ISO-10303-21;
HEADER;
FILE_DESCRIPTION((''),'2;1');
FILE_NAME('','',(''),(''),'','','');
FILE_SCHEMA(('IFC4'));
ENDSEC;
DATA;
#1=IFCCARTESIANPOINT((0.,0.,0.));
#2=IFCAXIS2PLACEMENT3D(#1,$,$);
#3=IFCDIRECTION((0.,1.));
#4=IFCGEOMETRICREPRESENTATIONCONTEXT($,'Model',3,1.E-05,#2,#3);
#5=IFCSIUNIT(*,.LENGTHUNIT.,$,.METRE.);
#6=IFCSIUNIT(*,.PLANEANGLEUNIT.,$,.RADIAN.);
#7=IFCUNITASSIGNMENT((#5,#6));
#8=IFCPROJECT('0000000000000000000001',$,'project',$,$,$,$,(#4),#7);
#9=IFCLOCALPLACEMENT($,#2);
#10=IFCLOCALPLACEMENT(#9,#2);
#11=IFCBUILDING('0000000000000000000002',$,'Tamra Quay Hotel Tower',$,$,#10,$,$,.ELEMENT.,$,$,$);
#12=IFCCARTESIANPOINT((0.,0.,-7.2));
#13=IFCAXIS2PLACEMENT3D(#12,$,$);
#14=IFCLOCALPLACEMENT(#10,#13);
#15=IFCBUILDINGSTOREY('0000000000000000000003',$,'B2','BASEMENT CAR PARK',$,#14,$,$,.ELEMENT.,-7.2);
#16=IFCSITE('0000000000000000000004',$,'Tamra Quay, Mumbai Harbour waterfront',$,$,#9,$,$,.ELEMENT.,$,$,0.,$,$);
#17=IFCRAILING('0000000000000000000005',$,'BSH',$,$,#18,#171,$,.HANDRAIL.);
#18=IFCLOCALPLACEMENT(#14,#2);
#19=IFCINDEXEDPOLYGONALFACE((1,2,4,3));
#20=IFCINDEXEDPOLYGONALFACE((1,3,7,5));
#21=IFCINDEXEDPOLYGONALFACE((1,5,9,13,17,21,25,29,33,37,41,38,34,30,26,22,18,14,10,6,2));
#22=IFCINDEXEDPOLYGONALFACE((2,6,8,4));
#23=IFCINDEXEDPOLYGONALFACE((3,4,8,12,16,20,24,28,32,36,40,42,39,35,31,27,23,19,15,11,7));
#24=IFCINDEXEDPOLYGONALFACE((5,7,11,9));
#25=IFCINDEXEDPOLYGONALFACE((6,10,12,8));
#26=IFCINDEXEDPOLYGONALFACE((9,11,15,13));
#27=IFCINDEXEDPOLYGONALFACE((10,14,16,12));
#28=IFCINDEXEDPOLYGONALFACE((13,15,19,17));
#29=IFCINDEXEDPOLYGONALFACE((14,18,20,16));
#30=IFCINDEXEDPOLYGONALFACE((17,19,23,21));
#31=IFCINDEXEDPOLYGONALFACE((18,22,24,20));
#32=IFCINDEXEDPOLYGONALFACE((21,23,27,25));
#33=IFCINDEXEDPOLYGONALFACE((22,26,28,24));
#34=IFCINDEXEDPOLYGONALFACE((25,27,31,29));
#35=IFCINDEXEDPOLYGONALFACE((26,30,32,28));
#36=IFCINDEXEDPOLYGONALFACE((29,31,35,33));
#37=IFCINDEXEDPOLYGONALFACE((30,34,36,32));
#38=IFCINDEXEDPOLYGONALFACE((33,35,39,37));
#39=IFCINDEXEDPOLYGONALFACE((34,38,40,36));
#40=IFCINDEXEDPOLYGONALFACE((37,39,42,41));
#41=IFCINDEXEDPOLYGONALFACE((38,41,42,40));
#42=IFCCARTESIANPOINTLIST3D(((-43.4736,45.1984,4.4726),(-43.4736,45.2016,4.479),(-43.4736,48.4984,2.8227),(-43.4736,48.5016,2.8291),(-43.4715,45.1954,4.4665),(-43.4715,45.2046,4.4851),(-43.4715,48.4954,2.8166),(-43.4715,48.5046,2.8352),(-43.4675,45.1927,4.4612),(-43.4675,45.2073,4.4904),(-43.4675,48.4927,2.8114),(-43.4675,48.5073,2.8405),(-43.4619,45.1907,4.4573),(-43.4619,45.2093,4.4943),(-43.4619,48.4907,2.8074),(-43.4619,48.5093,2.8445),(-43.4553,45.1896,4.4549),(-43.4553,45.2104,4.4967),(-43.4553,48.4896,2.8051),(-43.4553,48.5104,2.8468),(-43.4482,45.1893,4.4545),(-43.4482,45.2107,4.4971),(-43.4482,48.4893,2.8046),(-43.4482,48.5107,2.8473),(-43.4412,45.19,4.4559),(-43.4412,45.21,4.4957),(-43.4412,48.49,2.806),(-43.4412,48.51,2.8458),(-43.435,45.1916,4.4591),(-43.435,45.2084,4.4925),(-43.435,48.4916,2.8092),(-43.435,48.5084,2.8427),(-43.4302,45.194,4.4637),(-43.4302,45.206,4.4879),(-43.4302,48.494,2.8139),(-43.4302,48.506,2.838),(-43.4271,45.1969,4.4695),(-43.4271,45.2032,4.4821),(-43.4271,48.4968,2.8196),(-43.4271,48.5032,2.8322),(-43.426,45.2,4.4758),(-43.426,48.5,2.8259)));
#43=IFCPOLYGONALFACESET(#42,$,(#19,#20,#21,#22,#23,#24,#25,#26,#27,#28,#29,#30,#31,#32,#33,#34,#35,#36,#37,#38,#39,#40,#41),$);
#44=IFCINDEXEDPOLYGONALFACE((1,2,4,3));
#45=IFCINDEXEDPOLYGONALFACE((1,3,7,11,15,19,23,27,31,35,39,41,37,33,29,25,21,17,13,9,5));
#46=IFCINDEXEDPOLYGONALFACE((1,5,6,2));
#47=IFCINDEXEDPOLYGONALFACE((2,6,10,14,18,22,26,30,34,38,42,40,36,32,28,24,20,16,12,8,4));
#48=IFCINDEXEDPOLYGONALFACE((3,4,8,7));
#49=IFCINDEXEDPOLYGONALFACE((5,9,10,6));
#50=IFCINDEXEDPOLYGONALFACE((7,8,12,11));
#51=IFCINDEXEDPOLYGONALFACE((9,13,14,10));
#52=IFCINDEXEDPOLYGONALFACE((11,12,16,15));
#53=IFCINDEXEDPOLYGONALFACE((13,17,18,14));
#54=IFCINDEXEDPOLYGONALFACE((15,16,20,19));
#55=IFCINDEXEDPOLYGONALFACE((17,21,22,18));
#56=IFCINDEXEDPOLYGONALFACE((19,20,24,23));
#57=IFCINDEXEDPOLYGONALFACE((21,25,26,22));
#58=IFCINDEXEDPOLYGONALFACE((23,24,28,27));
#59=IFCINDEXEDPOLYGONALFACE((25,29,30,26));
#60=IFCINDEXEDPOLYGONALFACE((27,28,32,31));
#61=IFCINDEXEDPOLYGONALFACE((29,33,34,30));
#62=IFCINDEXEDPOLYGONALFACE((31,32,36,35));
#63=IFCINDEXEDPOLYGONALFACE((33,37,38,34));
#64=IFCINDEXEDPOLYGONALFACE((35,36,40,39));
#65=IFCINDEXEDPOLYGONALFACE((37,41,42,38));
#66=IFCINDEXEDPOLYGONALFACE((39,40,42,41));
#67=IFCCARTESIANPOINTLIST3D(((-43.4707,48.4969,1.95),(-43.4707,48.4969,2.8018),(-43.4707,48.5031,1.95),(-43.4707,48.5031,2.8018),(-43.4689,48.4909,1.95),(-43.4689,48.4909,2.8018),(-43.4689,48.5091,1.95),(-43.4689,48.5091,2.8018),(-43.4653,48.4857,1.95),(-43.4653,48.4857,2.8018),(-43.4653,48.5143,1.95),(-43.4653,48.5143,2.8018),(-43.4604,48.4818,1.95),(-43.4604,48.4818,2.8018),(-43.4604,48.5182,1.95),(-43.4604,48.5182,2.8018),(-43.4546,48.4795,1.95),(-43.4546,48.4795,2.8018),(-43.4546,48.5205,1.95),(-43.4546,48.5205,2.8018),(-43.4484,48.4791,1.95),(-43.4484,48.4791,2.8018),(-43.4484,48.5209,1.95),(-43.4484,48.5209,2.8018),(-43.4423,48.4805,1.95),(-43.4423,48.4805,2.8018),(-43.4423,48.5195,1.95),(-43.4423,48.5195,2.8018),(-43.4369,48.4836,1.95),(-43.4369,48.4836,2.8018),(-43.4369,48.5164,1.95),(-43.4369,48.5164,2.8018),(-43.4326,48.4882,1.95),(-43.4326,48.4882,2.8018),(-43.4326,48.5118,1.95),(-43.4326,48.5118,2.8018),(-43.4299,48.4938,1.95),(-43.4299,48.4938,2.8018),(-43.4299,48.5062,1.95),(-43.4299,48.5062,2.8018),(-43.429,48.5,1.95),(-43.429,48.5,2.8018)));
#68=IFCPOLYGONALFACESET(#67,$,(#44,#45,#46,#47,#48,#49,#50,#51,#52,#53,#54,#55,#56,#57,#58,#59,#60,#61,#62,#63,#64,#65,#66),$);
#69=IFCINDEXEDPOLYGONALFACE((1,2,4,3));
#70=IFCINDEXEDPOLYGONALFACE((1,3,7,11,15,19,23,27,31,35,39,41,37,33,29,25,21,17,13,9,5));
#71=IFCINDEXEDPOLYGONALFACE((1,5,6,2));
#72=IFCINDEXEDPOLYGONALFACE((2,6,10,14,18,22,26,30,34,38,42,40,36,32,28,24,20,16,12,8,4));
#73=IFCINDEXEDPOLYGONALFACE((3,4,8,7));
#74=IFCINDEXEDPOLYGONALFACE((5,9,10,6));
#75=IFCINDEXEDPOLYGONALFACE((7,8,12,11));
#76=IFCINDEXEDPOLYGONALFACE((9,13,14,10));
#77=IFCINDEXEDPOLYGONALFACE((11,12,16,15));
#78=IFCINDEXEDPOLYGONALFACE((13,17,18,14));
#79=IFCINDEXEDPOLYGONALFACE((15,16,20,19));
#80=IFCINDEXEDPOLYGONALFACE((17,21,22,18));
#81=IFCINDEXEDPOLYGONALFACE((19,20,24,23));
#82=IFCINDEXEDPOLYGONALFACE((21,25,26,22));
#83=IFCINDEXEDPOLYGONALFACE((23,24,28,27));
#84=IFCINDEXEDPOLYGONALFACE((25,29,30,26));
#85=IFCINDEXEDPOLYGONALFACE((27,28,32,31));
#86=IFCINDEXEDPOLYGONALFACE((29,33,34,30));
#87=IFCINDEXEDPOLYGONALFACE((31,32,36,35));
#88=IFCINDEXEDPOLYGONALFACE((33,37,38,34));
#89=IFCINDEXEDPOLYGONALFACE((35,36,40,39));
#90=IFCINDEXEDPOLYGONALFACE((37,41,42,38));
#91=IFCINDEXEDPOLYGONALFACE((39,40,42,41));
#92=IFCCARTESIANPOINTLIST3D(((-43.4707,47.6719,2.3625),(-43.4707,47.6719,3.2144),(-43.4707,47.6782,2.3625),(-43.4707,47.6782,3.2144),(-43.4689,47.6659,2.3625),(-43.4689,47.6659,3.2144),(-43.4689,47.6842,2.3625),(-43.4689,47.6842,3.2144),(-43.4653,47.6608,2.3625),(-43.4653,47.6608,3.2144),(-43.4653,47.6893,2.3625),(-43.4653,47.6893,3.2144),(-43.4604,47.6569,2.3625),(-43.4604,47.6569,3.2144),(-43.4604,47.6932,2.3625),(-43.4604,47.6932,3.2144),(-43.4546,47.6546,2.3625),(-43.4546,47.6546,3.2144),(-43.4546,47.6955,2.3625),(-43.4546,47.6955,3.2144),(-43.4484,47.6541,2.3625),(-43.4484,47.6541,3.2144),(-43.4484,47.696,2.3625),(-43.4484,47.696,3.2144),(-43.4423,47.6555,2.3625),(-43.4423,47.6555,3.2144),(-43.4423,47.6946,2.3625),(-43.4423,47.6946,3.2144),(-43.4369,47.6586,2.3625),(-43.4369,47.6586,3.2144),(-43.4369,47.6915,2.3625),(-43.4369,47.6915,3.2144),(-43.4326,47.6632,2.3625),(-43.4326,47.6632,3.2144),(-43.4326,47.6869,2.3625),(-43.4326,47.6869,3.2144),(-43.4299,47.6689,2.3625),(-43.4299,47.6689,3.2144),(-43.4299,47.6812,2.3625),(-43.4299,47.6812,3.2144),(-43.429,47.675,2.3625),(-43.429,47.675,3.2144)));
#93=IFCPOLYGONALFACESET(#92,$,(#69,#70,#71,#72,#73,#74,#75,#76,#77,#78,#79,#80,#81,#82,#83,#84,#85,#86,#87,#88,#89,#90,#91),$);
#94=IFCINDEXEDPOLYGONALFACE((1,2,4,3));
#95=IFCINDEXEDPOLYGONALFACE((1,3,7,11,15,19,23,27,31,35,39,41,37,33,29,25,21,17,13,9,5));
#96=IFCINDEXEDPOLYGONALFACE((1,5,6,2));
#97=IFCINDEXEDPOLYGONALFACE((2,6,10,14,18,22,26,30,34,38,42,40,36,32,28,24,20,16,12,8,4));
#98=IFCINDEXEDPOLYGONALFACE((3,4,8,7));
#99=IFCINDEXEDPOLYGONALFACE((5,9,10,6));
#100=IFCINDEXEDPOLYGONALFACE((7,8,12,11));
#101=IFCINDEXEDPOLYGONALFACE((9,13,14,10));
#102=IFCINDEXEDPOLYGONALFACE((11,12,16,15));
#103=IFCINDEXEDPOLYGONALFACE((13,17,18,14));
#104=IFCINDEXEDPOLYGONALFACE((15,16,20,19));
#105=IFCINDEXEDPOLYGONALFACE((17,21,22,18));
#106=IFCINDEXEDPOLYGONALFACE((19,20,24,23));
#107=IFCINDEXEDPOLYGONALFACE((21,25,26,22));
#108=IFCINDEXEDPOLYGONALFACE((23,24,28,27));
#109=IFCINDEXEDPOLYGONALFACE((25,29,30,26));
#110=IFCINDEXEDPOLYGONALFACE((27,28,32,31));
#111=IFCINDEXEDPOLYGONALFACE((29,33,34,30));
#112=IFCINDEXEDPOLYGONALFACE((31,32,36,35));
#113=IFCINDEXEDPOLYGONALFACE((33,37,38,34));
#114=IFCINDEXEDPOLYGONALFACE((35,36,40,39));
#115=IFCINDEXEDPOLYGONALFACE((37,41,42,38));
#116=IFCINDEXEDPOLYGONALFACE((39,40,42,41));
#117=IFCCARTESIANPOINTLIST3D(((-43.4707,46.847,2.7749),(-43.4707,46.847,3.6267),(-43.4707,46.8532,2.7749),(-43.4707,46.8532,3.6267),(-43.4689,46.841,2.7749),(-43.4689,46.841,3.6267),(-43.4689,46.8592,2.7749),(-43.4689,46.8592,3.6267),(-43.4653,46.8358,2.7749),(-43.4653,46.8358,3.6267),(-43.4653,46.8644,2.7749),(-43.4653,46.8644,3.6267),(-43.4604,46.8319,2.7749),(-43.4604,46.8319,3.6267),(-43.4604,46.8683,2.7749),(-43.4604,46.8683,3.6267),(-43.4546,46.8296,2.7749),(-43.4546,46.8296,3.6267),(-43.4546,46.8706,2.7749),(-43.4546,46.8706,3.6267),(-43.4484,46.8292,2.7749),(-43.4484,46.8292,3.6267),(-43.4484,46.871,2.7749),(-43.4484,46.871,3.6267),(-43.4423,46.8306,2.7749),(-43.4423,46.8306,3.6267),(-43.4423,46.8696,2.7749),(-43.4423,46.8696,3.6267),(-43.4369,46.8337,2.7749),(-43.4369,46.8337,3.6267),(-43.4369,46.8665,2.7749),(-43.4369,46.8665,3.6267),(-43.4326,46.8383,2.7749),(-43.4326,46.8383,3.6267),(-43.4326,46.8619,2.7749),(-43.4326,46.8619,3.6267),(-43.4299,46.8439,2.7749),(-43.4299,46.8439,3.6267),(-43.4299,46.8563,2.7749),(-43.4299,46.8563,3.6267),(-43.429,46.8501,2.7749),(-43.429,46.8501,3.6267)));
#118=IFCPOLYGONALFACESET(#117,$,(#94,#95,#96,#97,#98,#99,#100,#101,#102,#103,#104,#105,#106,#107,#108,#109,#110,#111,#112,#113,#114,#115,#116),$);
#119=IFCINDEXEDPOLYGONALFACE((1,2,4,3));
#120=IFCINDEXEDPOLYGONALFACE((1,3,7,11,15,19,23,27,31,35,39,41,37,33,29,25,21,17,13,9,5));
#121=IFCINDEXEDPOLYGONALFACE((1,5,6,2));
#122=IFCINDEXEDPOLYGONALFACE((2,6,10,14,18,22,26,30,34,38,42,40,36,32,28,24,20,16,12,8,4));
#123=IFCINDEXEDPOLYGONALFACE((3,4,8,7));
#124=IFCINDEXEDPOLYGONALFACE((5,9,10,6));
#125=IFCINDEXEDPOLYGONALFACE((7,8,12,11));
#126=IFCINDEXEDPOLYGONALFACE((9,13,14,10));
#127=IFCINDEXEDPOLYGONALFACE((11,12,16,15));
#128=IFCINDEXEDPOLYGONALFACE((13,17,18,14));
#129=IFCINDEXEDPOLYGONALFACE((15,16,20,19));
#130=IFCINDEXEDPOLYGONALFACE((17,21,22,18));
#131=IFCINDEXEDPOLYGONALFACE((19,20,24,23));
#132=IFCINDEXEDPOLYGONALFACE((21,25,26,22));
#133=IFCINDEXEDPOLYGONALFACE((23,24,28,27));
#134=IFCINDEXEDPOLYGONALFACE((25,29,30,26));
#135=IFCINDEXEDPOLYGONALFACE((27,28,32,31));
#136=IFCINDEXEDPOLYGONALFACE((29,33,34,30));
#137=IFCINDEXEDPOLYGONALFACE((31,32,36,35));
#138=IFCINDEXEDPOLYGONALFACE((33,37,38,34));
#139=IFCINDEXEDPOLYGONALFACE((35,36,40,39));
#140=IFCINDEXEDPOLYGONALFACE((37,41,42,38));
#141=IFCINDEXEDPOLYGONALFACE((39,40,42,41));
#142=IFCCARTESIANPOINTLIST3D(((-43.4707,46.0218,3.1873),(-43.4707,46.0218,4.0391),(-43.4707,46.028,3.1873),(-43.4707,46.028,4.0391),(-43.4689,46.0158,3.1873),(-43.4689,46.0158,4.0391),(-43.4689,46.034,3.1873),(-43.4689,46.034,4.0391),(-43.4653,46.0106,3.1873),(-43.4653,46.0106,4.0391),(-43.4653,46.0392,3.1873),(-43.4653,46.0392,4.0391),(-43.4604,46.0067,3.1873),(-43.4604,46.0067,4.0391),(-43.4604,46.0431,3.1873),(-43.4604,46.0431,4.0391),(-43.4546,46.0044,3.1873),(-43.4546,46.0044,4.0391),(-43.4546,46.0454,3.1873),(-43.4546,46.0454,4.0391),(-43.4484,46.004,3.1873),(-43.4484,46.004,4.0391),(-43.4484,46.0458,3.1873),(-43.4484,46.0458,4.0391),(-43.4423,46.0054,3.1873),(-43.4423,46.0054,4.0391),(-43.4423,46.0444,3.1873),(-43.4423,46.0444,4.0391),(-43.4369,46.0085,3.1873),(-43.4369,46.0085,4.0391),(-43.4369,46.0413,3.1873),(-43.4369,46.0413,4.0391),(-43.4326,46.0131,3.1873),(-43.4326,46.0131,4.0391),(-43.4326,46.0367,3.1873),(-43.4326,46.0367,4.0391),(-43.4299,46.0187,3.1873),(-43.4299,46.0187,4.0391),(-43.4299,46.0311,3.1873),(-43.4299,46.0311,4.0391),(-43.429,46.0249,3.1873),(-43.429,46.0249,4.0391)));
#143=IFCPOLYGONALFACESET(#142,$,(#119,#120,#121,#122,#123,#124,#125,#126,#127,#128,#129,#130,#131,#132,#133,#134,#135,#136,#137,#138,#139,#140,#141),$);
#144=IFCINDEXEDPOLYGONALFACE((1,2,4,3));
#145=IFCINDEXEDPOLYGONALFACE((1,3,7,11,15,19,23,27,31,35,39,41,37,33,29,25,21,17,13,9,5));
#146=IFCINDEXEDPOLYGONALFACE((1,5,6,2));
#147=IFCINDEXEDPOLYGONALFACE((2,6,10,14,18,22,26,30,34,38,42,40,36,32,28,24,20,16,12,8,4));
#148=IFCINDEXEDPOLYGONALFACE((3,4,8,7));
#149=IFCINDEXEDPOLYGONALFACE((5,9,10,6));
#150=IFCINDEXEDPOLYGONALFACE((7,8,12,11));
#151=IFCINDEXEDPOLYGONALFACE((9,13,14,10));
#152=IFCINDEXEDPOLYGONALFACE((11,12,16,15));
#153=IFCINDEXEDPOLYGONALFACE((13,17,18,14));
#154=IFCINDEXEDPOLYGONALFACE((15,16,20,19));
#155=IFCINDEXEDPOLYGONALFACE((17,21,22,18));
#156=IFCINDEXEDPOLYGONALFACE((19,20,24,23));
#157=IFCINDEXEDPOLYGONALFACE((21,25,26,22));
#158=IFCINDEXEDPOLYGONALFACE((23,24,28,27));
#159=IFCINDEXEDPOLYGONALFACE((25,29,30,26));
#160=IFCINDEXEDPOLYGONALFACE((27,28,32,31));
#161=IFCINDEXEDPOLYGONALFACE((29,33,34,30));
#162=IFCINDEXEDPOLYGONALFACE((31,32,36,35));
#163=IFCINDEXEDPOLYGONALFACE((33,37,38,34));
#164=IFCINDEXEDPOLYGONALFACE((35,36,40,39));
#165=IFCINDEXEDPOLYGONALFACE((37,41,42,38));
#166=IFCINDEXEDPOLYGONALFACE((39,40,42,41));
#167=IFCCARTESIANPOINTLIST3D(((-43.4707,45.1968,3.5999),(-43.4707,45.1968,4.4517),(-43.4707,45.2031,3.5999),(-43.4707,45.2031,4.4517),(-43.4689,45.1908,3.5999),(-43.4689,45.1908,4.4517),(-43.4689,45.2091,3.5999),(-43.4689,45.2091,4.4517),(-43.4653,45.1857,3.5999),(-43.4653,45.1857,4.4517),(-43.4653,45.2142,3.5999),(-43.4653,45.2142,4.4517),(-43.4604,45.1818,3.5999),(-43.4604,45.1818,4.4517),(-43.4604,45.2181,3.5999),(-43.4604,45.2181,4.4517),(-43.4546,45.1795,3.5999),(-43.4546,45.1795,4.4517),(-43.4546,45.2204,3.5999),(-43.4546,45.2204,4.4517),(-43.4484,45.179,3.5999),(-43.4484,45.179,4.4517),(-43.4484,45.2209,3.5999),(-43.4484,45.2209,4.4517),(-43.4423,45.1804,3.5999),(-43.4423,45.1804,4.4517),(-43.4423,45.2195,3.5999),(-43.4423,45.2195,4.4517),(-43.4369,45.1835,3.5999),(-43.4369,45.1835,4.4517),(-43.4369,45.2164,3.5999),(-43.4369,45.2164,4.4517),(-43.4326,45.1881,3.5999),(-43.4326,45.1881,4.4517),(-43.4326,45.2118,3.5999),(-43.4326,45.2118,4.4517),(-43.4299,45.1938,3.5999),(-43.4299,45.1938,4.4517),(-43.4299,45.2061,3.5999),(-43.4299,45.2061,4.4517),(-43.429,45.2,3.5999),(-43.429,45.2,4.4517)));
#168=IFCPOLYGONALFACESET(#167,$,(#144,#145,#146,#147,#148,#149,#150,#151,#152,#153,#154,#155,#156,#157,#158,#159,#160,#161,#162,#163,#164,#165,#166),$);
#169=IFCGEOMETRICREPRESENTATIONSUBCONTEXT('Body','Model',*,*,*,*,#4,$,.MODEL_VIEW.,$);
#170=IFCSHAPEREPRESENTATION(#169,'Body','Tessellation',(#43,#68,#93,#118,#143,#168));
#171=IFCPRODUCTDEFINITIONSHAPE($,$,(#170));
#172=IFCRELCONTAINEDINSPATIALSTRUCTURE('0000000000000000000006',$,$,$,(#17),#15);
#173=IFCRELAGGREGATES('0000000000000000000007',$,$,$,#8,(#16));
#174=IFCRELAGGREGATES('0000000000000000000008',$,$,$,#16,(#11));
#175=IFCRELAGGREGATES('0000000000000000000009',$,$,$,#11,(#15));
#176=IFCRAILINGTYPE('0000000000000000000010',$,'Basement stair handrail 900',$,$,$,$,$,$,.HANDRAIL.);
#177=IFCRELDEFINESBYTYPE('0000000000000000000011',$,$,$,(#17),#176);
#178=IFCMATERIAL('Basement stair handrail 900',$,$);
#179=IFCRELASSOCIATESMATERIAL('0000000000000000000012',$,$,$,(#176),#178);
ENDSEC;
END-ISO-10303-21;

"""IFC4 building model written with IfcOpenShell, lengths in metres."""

from ifc_helpers import new_model, si_unit, direction, frame, origin, origin_2d, place, context, subcontext, project, spatial, circle, extrude, material, type_object, element, save


model = new_model("IFC4")

# Units and contexts
model_context = context("Model", 3, precision=1e-05, world=origin(), true_north=direction((0.0, 1.0)))
body_context = subcontext(model_context, "Body", "Model", "MODEL_VIEW")
ifc_project = project(units=[si_unit("LENGTHUNIT", "METRE"), si_unit("PLANEANGLEUNIT", "RADIAN")], contexts=[model_context])

# Site, building, storey
site_placement = place(None, origin())
site = spatial("IfcSite", under=ifc_project, at=site_placement, Name="Tamra Quay, Mumbai Harbour waterfront", CompositionType="ELEMENT", RefElevation=0.0)
building_placement = place(site_placement, origin())
building = spatial("IfcBuilding", under=site, at=building_placement, Name="Tamra Quay Hotel Tower", CompositionType="ELEMENT")
storey_placement = place(building_placement, frame((0.0, 0.0, -7.2)))
storey = spatial("IfcBuildingStorey", under=building, at=storey_placement, Name="B2", Description="BASEMENT CAR PARK", CompositionType="ELEMENT", Elevation=-7.2)

# Railing
ifc_material_1 = material(Name="Basement stair handrail 900")
railing_type_1 = type_object("IfcRailingType", Name="Basement stair handrail 900", PredefinedType="HANDRAIL", material=ifc_material_1)
for number, where, name in (
    (1, (-43.45, 48.5, 1.95), "BSH"),
):
    element("IfcRailing", number, at=place(storey_placement, frame(where)), inside=storey, type_object=railing_type_1, Name=name, PredefinedType="HANDRAIL", context=body_context, shape_type="SweptSolid", body=[
        extrude(circle(Radius=0.0239, at=origin_2d()), frame((0.0, 0.0, 0.876), z_axis=(0.0, -0.89444, 0.447187), x_axis=(1.0, 0.0, 0.0)), (0.0, 0.0, 1.0), 3.6895),
        extrude(circle(Radius=0.021, at=origin_2d()), origin(), (0.0, 0.0, 1.0), 0.8518),
        extrude(circle(Radius=0.021, at=origin_2d()), frame((0.0, -0.825, 0.4126)), (0.0, 0.0, 1.0), 0.8518),
        extrude(circle(Radius=0.021, at=origin_2d()), frame((0.0, -1.6499, 0.825)), (0.0, 0.0, 1.0), 0.8518),
        extrude(circle(Radius=0.021, at=origin_2d()), frame((0.0, -2.4751, 1.2373)), (0.0, 0.0, 1.0), 0.8518),
        extrude(circle(Radius=0.021, at=origin_2d()), frame((0.0, -3.3, 1.6499)), (0.0, 0.0, 1.0), 0.8518),
    ])

save(model, "model.ifc")
